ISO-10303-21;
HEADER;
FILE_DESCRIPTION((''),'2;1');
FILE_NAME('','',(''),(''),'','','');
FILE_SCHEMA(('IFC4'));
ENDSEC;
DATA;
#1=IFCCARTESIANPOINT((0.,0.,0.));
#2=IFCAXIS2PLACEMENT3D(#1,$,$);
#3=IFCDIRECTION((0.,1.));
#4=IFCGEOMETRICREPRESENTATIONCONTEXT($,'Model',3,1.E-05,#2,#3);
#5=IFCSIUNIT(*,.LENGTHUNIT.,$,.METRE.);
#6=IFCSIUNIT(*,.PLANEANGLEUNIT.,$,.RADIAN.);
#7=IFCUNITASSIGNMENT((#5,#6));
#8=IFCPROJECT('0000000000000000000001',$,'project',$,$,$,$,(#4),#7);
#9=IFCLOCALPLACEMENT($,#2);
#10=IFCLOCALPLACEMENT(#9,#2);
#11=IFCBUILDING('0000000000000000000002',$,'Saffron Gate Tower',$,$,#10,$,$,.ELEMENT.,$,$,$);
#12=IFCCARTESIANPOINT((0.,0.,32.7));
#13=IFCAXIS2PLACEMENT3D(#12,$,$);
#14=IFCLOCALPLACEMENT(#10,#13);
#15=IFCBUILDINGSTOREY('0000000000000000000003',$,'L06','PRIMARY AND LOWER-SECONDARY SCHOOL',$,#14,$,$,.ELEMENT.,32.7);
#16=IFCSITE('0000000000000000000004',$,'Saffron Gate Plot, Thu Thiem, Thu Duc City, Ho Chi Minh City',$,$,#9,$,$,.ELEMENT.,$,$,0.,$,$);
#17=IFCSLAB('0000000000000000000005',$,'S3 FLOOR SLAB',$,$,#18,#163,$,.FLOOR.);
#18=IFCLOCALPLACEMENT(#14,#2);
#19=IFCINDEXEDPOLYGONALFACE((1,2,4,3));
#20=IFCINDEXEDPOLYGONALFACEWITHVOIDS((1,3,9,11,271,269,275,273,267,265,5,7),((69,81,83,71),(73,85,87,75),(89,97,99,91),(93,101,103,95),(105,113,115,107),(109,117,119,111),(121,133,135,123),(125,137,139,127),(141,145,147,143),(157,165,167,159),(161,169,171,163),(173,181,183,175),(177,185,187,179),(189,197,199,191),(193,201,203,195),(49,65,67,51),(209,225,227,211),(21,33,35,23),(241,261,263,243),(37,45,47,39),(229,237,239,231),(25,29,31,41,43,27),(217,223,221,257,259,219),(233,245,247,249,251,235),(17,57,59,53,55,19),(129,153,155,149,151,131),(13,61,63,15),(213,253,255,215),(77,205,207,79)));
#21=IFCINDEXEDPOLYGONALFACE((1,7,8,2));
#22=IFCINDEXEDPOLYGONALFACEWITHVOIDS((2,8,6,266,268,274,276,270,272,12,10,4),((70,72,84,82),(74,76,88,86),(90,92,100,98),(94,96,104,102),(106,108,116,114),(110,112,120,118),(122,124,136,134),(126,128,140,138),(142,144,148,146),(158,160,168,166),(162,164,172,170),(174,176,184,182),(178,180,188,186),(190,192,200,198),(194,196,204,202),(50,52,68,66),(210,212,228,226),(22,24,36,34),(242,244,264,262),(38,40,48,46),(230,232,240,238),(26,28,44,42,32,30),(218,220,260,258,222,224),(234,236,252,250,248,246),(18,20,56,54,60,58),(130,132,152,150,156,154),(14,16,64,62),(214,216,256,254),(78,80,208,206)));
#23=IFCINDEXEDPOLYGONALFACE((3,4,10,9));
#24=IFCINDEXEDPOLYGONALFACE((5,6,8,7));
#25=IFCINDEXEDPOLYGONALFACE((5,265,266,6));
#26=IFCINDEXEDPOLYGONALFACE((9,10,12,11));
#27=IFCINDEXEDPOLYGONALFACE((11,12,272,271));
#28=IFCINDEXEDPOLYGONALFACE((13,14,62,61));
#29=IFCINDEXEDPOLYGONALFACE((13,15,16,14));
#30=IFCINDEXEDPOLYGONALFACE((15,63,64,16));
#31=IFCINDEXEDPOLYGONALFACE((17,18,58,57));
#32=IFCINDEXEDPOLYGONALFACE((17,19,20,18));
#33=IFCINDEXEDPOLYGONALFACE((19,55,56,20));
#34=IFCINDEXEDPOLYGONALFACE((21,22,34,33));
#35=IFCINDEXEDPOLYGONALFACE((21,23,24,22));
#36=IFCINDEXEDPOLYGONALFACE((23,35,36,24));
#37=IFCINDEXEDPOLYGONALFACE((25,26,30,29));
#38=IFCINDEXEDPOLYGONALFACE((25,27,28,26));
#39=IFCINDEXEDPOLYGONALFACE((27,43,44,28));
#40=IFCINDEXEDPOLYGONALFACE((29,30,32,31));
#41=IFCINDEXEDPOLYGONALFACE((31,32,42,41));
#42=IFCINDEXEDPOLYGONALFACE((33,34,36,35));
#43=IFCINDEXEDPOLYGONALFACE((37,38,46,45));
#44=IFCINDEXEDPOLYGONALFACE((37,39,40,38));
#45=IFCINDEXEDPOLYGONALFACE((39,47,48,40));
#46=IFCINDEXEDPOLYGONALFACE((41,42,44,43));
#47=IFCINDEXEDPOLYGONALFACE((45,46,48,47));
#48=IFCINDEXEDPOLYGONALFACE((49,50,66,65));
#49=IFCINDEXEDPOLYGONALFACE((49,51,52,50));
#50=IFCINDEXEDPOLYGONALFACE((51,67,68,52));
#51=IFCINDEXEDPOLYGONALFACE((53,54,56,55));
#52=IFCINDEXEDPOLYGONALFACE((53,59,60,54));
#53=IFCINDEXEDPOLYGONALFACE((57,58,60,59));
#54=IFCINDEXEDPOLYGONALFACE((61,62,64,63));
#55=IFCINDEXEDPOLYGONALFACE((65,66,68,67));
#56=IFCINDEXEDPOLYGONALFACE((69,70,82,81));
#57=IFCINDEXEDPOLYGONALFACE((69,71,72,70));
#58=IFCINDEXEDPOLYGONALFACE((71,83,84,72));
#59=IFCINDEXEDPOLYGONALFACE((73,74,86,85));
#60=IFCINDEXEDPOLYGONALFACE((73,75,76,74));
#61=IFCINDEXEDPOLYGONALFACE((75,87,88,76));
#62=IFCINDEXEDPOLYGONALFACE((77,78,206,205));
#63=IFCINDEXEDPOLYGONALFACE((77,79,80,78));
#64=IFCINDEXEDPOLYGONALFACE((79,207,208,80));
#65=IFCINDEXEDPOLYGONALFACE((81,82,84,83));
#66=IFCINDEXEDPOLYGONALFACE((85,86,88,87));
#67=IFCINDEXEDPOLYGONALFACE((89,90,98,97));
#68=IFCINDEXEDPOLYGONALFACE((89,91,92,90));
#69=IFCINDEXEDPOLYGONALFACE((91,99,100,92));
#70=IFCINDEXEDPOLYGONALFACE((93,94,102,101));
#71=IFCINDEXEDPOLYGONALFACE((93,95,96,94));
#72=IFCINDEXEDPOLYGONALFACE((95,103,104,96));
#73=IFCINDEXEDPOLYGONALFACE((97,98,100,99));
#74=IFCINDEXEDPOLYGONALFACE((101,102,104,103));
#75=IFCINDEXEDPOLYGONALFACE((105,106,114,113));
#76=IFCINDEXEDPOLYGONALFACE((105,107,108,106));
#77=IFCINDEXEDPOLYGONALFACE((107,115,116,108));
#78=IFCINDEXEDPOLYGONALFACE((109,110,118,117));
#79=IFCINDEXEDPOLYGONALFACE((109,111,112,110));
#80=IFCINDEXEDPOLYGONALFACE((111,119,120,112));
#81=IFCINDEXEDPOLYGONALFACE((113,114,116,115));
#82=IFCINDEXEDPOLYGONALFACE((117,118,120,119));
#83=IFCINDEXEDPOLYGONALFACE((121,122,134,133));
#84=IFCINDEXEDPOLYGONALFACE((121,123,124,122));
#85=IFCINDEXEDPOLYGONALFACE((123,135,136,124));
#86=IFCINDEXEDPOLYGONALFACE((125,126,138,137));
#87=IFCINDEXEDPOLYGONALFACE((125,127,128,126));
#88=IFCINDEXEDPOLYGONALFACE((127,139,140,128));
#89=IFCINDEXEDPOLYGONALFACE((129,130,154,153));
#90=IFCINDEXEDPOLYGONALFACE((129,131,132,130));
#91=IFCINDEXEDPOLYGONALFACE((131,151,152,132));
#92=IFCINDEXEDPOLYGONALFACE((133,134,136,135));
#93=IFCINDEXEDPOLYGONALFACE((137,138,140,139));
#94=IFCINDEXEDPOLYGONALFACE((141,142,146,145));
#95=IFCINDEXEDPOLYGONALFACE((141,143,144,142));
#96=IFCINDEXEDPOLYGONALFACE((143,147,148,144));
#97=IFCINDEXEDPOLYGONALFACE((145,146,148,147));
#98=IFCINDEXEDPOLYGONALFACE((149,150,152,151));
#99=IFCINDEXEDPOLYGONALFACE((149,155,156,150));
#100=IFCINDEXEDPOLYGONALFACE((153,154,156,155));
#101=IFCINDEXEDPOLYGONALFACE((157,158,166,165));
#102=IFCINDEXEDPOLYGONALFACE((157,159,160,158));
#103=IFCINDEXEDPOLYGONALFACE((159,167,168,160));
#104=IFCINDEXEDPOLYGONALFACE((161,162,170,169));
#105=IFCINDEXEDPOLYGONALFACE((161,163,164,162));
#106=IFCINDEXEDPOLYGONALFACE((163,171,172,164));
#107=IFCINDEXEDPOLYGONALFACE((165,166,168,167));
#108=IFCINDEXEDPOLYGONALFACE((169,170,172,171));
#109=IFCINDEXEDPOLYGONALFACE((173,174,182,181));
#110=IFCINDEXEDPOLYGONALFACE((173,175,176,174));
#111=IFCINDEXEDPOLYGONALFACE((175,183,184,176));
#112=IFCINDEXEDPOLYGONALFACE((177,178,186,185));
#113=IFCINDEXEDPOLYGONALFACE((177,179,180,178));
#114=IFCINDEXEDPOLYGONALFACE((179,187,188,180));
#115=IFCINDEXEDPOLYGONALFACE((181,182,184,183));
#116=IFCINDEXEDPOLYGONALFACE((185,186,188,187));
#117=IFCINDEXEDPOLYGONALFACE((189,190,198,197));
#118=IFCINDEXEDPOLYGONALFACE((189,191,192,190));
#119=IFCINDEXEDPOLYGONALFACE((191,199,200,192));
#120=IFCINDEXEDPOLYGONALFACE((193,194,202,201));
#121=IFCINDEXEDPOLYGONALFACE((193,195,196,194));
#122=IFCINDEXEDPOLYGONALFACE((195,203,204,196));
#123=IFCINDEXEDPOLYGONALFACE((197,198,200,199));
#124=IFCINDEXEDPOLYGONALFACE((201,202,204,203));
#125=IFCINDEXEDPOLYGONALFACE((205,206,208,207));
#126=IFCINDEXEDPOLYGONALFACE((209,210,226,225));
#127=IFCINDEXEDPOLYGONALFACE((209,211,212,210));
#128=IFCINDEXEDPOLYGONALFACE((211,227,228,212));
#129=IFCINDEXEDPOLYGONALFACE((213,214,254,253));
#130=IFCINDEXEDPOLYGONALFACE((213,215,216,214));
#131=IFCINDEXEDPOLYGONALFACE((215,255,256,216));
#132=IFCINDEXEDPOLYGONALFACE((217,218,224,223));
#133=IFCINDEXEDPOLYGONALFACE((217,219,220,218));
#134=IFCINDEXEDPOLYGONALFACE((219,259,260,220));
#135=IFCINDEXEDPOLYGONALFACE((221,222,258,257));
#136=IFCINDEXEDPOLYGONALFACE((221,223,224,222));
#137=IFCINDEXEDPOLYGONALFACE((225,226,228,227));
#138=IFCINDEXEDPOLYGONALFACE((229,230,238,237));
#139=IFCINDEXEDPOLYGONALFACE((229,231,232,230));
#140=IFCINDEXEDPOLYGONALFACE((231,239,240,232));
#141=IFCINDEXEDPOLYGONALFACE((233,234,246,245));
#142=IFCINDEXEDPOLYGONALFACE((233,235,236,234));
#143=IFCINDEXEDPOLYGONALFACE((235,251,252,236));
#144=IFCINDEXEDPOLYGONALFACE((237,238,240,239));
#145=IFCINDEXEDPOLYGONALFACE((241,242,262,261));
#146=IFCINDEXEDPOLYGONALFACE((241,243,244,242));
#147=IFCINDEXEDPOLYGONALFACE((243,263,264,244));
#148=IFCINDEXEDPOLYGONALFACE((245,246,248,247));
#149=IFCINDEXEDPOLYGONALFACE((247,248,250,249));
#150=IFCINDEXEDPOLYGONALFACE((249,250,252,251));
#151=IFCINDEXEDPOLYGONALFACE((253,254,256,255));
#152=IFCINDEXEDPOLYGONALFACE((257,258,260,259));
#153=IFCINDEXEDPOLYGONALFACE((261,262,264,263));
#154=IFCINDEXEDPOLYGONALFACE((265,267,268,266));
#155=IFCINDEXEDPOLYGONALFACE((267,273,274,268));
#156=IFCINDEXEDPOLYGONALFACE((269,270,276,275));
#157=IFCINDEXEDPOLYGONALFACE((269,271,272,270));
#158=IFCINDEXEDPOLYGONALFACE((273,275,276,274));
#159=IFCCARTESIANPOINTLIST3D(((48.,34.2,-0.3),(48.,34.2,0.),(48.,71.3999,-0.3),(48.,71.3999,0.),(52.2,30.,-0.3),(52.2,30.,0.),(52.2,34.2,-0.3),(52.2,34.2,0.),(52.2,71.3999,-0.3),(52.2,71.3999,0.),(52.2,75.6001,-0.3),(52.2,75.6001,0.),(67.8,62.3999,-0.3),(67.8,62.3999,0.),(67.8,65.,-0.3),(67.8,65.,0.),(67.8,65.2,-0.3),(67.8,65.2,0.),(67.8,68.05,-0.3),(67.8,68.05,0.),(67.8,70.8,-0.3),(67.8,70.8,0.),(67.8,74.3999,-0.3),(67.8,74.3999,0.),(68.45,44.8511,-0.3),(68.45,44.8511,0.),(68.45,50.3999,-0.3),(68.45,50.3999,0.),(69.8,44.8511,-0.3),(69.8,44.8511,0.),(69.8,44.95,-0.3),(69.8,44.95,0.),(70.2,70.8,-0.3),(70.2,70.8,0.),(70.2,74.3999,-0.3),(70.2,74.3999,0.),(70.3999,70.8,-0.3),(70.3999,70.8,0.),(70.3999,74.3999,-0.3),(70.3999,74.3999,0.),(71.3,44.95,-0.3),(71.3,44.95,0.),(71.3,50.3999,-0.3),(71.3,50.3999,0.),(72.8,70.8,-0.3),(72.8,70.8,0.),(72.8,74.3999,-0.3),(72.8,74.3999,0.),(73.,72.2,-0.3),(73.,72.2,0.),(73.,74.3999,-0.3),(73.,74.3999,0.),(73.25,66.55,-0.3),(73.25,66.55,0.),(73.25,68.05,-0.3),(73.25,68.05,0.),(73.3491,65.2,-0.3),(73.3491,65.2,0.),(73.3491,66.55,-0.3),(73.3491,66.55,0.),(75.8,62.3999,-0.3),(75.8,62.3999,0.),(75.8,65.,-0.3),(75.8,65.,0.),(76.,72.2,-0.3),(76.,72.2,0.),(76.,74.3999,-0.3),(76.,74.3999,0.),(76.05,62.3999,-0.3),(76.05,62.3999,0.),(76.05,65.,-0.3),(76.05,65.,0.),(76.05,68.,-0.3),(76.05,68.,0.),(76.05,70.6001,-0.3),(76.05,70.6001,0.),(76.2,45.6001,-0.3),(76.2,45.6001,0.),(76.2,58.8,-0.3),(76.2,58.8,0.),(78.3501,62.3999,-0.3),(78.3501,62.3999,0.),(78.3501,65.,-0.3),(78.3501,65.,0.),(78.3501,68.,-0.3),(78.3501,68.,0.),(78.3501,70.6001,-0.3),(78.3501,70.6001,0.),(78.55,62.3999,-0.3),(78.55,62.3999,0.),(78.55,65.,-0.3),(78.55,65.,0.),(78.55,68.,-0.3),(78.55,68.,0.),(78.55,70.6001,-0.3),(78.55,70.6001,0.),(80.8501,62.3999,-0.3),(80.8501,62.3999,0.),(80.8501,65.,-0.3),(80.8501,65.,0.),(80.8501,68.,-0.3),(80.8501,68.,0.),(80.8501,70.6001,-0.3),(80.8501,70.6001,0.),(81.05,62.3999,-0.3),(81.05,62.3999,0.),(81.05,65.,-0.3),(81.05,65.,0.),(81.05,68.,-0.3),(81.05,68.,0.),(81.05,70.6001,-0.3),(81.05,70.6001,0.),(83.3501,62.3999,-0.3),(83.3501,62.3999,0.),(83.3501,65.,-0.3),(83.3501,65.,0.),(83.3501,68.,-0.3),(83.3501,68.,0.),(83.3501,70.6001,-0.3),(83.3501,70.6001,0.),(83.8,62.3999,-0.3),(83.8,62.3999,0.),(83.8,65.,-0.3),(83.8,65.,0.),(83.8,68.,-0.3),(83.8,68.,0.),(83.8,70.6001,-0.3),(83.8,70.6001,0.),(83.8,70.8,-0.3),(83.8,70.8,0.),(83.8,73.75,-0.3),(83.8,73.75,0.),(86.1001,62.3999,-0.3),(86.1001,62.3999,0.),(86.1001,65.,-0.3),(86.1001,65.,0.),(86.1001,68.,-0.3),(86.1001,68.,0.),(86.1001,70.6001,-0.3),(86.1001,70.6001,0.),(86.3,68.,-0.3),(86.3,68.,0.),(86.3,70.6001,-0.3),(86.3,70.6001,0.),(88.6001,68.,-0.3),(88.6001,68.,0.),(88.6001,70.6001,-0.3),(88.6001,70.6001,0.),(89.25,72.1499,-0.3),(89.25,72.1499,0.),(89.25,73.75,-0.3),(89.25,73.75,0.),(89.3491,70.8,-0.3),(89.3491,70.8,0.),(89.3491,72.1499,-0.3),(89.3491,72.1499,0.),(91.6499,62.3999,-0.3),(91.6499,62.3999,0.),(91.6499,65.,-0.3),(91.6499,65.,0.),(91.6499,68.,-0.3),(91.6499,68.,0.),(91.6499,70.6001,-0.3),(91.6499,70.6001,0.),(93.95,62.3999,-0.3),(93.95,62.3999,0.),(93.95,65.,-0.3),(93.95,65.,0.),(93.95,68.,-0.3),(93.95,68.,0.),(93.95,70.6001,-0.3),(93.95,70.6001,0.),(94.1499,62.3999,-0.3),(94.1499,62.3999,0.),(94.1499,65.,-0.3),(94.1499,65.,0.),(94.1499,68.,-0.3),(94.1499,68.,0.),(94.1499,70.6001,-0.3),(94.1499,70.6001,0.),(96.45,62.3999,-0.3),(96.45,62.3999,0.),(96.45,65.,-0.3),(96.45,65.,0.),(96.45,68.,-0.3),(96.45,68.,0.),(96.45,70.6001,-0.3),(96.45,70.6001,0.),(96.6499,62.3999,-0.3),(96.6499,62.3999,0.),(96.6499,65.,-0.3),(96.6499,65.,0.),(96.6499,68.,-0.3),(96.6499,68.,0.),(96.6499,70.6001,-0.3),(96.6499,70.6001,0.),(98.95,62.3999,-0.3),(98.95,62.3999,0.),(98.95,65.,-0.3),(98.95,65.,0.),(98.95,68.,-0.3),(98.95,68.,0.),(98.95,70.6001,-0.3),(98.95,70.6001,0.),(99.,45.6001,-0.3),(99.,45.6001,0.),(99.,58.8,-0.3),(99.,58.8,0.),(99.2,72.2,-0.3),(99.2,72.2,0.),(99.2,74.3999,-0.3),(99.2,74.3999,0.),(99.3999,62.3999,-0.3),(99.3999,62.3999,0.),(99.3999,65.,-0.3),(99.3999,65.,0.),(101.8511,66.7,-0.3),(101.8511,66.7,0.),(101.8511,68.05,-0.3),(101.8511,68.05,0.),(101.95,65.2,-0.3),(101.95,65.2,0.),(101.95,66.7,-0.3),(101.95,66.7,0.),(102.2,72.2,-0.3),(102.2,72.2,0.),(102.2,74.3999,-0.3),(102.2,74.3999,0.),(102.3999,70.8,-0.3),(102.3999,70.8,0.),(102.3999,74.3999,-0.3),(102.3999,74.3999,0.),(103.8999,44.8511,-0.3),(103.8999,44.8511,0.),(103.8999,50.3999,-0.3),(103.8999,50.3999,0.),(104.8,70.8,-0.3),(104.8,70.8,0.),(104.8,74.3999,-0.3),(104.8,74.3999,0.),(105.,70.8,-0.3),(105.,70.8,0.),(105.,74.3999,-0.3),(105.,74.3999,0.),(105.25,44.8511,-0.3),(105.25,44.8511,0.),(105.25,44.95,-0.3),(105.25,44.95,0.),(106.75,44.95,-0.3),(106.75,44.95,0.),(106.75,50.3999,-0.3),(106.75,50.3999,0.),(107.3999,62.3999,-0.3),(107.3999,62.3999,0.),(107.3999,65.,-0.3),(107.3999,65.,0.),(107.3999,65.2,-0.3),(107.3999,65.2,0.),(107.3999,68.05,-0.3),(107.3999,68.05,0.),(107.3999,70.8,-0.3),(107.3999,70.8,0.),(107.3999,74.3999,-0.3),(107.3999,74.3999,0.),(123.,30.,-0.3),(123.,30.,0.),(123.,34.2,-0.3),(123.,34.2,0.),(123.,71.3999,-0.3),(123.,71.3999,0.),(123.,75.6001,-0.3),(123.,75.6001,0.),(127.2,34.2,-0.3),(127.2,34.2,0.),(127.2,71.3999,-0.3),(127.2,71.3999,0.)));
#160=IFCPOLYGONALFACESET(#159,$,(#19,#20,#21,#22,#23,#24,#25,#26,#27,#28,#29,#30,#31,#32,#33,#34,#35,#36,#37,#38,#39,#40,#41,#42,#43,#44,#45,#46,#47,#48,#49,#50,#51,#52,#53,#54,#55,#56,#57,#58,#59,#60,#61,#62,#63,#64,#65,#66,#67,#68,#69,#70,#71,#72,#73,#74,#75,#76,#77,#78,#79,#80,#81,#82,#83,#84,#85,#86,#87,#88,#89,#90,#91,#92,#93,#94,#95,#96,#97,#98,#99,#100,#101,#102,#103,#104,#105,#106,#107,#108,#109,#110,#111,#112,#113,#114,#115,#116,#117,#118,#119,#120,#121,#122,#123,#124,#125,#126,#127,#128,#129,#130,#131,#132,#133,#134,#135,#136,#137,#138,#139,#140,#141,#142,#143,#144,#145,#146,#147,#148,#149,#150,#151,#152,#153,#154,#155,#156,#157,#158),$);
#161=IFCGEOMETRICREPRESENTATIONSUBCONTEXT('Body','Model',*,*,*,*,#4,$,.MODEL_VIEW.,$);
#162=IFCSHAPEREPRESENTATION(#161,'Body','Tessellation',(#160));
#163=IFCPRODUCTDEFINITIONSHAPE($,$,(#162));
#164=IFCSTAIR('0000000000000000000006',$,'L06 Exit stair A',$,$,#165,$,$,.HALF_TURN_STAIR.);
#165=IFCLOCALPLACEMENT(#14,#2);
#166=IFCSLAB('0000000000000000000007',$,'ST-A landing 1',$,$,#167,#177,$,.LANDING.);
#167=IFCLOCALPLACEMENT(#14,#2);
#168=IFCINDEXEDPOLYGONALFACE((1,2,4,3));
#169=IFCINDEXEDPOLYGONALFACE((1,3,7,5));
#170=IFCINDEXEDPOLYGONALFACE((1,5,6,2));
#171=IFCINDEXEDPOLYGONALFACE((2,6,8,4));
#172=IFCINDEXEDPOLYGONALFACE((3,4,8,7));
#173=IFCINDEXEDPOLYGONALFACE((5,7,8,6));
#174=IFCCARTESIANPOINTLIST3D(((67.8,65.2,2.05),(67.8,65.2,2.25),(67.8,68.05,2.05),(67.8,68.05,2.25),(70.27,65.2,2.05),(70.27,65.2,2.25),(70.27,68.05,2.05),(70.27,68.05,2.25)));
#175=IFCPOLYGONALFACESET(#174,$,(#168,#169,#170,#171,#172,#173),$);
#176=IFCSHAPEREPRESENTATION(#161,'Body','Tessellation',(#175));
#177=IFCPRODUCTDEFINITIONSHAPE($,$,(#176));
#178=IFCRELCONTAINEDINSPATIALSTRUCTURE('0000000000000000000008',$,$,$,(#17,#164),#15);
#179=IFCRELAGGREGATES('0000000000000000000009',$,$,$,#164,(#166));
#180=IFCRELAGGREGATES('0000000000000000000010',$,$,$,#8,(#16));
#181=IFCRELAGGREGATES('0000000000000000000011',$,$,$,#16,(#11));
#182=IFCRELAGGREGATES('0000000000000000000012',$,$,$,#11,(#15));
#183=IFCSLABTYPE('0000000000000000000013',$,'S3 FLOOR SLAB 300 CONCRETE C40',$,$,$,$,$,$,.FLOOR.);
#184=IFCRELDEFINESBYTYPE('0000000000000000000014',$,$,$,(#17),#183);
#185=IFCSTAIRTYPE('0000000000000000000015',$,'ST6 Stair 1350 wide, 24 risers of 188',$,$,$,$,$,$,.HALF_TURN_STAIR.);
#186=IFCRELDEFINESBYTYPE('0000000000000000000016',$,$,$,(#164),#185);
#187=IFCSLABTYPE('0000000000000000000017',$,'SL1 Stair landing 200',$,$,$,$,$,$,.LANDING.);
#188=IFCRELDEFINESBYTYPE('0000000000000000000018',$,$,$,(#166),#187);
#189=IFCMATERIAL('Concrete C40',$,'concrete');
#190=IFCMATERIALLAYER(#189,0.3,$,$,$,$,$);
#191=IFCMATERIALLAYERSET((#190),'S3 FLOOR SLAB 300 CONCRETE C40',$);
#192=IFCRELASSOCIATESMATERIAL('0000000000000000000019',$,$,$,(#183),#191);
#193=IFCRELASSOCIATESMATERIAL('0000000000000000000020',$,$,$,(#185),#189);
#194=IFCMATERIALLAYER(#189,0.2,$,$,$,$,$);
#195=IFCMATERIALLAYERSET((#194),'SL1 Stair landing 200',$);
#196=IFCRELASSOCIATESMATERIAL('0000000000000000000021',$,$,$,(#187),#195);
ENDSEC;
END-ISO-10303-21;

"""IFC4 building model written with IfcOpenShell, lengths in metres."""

from ifc_helpers import new_model, si_unit, direction, frame, origin, place, context, subcontext, project, spatial, polyline, outline, extrude, material, layer, layer_set, type_object, element, aggregate, save


model = new_model("IFC4")

# Units and contexts
model_context = context("Model", 3, precision=1e-05, world=origin(), true_north=direction((0.0, 1.0)))
body_context = subcontext(model_context, "Body", "Model", "MODEL_VIEW")
ifc_project = project(units=[si_unit("LENGTHUNIT", "METRE"), si_unit("PLANEANGLEUNIT", "RADIAN")], contexts=[model_context])

# Site, building, storey
site_placement = place(None, origin())
site = spatial("IfcSite", under=ifc_project, at=site_placement, Name="Saffron Gate Plot, Thu Thiem, Thu Duc City, Ho Chi Minh City", CompositionType="ELEMENT", RefElevation=0.0)
building_placement = place(site_placement, origin())
building = spatial("IfcBuilding", under=site, at=building_placement, Name="Saffron Gate Tower", CompositionType="ELEMENT")
storey_placement = place(building_placement, frame((0.0, 0.0, 32.7)))
storey = spatial("IfcBuildingStorey", under=building, at=storey_placement, Name="L06", Description="PRIMARY AND LOWER-SECONDARY SCHOOL", CompositionType="ELEMENT", Elevation=32.7)

# Slab
ifc_material_1 = material(Name="Concrete C40", Category="concrete")
ifc_layer_1 = layer(ifc_material_1, 0.3)
ifc_layer_set_1 = layer_set([ifc_layer_1], Name="S3 FLOOR SLAB 300 CONCRETE C40")
slab_type_1 = type_object("IfcSlabType", Name="S3 FLOOR SLAB 300 CONCRETE C40", PredefinedType="FLOOR", material=ifc_layer_set_1)
slab_1_placement = place(storey_placement, frame((0.0, 0.0, -0.3)))
element("IfcSlab", 1, at=slab_1_placement, inside=storey, type_object=slab_type_1, Name="S3 FLOOR SLAB", PredefinedType="FLOOR", context=body_context, shape_type="SweptSolid", body=[
    extrude(outline(polyline([(48.0, 34.2), (52.2, 34.2), (52.2, 30.0), (123.0, 30.0), (123.0, 34.2), (127.2, 34.2), (127.2, 71.3999), (123.0, 71.3999), (123.0, 75.6001), (52.2, 75.6001), (52.2, 71.3999), (48.0, 71.3999), (48.0, 34.2)]), holes=[polyline([(67.8, 62.3999), (67.8, 65.0), (75.8, 65.0), (75.8, 62.3999), (67.8, 62.3999)]), polyline([(67.8, 65.2), (67.8, 68.05), (73.25, 68.05), (73.25, 66.55), (73.3491, 66.55), (73.3491, 65.2), (67.8, 65.2)]), polyline([(67.8, 70.8), (67.8, 74.3999), (70.2, 74.3999), (70.2, 70.8), (67.8, 70.8)]), polyline([(68.45, 44.8511), (68.45, 50.3999), (71.3, 50.3999), (71.3, 44.95), (69.8, 44.95), (69.8, 44.8511), (68.45, 44.8511)]), polyline([(70.3999, 70.8), (70.3999, 74.3999), (72.8, 74.3999), (72.8, 70.8), (70.3999, 70.8)]), polyline([(73.0, 72.2), (73.0, 74.3999), (76.0, 74.3999), (76.0, 72.2), (73.0, 72.2)]), polyline([(76.05, 62.3999), (76.05, 65.0), (78.3501, 65.0), (78.3501, 62.3999), (76.05, 62.3999)]), polyline([(76.05, 68.0), (76.05, 70.6001), (78.3501, 70.6001), (78.3501, 68.0), (76.05, 68.0)]), polyline([(76.2, 45.6001), (76.2, 58.8), (99.0, 58.8), (99.0, 45.6001), (76.2, 45.6001)]), polyline([(78.55, 62.3999), (78.55, 65.0), (80.8501, 65.0), (80.8501, 62.3999), (78.55, 62.3999)]), polyline([(78.55, 68.0), (78.55, 70.6001), (80.8501, 70.6001), (80.8501, 68.0), (78.55, 68.0)]), polyline([(81.05, 62.3999), (81.05, 65.0), (83.3501, 65.0), (83.3501, 62.3999), (81.05, 62.3999)]), polyline([(81.05, 68.0), (81.05, 70.6001), (83.3501, 70.6001), (83.3501, 68.0), (81.05, 68.0)]), polyline([(83.8, 62.3999), (83.8, 65.0), (86.1001, 65.0), (86.1001, 62.3999), (83.8, 62.3999)]), polyline([(83.8, 68.0), (83.8, 70.6001), (86.1001, 70.6001), (86.1001, 68.0), (83.8, 68.0)]), polyline([(83.8, 70.8), (83.8, 73.75), (89.25, 73.75), (89.25, 72.1499), (89.3491, 72.1499), (89.3491, 70.8), (83.8, 70.8)]), polyline([(86.3, 68.0), (86.3, 70.6001), (88.6001, 70.6001), (88.6001, 68.0), (86.3, 68.0)]), polyline([(91.6499, 62.3999), (91.6499, 65.0), (93.95, 65.0), (93.95, 62.3999), (91.6499, 62.3999)]), polyline([(91.6499, 68.0), (91.6499, 70.6001), (93.95, 70.6001), (93.95, 68.0), (91.6499, 68.0)]), polyline([(94.1499, 62.3999), (94.1499, 65.0), (96.45, 65.0), (96.45, 62.3999), (94.1499, 62.3999)]), polyline([(94.1499, 68.0), (94.1499, 70.6001), (96.45, 70.6001), (96.45, 68.0), (94.1499, 68.0)]), polyline([(96.6499, 62.3999), (96.6499, 65.0), (98.95, 65.0), (98.95, 62.3999), (96.6499, 62.3999)]), polyline([(96.6499, 68.0), (96.6499, 70.6001), (98.95, 70.6001), (98.95, 68.0), (96.6499, 68.0)]), polyline([(99.2, 72.2), (99.2, 74.3999), (102.2, 74.3999), (102.2, 72.2), (99.2, 72.2)]), polyline([(99.3999, 62.3999), (99.3999, 65.0), (107.3999, 65.0), (107.3999, 62.3999), (99.3999, 62.3999)]), polyline([(101.8511, 66.7), (101.8511, 68.05), (107.3999, 68.05), (107.3999, 65.2), (101.95, 65.2), (101.95, 66.7), (101.8511, 66.7)]), polyline([(102.3999, 70.8), (102.3999, 74.3999), (104.8, 74.3999), (104.8, 70.8), (102.3999, 70.8)]), polyline([(103.8999, 44.8511), (103.8999, 50.3999), (106.75, 50.3999), (106.75, 44.95), (105.25, 44.95), (105.25, 44.8511), (103.8999, 44.8511)]), polyline([(105.0, 70.8), (105.0, 74.3999), (107.3999, 74.3999), (107.3999, 70.8), (105.0, 70.8)])]), origin(), (0.0, 0.0, 1.0), 0.3),
])

# Stair, slab
stair_type = type_object("IfcStairType", Name="ST6 Stair 1350 wide, 24 risers of 188", PredefinedType="HALF_TURN_STAIR", material=ifc_material_1)
stair_1_placement = place(storey_placement, origin())
stair_1 = element("IfcStair", 2, at=stair_1_placement, inside=storey, type_object=stair_type, Name="L06 Exit stair A", PredefinedType="HALF_TURN_STAIR")
ifc_layer_2 = layer(ifc_material_1, 0.2)
ifc_layer_set_2 = layer_set([ifc_layer_2], Name="SL1 Stair landing 200")
slab_type_2 = type_object("IfcSlabType", Name="SL1 Stair landing 200", PredefinedType="LANDING", material=ifc_layer_set_2)
slab_2_placement = place(storey_placement, frame((0.0, 0.0, 2.05)))
slab_2 = element("IfcSlab", 3, at=slab_2_placement, type_object=slab_type_2, Name="ST-A landing 1", PredefinedType="LANDING", context=body_context, shape_type="SweptSolid", body=[
    extrude(outline(polyline([(70.27, 68.05), (67.8, 68.05), (67.8, 65.2), (70.27, 65.2), (70.27, 68.05)])), origin(), (0.0, 0.0, 1.0), 0.2),
])
aggregate(stair_1, [slab_2])

save(model, "model.ifc")
